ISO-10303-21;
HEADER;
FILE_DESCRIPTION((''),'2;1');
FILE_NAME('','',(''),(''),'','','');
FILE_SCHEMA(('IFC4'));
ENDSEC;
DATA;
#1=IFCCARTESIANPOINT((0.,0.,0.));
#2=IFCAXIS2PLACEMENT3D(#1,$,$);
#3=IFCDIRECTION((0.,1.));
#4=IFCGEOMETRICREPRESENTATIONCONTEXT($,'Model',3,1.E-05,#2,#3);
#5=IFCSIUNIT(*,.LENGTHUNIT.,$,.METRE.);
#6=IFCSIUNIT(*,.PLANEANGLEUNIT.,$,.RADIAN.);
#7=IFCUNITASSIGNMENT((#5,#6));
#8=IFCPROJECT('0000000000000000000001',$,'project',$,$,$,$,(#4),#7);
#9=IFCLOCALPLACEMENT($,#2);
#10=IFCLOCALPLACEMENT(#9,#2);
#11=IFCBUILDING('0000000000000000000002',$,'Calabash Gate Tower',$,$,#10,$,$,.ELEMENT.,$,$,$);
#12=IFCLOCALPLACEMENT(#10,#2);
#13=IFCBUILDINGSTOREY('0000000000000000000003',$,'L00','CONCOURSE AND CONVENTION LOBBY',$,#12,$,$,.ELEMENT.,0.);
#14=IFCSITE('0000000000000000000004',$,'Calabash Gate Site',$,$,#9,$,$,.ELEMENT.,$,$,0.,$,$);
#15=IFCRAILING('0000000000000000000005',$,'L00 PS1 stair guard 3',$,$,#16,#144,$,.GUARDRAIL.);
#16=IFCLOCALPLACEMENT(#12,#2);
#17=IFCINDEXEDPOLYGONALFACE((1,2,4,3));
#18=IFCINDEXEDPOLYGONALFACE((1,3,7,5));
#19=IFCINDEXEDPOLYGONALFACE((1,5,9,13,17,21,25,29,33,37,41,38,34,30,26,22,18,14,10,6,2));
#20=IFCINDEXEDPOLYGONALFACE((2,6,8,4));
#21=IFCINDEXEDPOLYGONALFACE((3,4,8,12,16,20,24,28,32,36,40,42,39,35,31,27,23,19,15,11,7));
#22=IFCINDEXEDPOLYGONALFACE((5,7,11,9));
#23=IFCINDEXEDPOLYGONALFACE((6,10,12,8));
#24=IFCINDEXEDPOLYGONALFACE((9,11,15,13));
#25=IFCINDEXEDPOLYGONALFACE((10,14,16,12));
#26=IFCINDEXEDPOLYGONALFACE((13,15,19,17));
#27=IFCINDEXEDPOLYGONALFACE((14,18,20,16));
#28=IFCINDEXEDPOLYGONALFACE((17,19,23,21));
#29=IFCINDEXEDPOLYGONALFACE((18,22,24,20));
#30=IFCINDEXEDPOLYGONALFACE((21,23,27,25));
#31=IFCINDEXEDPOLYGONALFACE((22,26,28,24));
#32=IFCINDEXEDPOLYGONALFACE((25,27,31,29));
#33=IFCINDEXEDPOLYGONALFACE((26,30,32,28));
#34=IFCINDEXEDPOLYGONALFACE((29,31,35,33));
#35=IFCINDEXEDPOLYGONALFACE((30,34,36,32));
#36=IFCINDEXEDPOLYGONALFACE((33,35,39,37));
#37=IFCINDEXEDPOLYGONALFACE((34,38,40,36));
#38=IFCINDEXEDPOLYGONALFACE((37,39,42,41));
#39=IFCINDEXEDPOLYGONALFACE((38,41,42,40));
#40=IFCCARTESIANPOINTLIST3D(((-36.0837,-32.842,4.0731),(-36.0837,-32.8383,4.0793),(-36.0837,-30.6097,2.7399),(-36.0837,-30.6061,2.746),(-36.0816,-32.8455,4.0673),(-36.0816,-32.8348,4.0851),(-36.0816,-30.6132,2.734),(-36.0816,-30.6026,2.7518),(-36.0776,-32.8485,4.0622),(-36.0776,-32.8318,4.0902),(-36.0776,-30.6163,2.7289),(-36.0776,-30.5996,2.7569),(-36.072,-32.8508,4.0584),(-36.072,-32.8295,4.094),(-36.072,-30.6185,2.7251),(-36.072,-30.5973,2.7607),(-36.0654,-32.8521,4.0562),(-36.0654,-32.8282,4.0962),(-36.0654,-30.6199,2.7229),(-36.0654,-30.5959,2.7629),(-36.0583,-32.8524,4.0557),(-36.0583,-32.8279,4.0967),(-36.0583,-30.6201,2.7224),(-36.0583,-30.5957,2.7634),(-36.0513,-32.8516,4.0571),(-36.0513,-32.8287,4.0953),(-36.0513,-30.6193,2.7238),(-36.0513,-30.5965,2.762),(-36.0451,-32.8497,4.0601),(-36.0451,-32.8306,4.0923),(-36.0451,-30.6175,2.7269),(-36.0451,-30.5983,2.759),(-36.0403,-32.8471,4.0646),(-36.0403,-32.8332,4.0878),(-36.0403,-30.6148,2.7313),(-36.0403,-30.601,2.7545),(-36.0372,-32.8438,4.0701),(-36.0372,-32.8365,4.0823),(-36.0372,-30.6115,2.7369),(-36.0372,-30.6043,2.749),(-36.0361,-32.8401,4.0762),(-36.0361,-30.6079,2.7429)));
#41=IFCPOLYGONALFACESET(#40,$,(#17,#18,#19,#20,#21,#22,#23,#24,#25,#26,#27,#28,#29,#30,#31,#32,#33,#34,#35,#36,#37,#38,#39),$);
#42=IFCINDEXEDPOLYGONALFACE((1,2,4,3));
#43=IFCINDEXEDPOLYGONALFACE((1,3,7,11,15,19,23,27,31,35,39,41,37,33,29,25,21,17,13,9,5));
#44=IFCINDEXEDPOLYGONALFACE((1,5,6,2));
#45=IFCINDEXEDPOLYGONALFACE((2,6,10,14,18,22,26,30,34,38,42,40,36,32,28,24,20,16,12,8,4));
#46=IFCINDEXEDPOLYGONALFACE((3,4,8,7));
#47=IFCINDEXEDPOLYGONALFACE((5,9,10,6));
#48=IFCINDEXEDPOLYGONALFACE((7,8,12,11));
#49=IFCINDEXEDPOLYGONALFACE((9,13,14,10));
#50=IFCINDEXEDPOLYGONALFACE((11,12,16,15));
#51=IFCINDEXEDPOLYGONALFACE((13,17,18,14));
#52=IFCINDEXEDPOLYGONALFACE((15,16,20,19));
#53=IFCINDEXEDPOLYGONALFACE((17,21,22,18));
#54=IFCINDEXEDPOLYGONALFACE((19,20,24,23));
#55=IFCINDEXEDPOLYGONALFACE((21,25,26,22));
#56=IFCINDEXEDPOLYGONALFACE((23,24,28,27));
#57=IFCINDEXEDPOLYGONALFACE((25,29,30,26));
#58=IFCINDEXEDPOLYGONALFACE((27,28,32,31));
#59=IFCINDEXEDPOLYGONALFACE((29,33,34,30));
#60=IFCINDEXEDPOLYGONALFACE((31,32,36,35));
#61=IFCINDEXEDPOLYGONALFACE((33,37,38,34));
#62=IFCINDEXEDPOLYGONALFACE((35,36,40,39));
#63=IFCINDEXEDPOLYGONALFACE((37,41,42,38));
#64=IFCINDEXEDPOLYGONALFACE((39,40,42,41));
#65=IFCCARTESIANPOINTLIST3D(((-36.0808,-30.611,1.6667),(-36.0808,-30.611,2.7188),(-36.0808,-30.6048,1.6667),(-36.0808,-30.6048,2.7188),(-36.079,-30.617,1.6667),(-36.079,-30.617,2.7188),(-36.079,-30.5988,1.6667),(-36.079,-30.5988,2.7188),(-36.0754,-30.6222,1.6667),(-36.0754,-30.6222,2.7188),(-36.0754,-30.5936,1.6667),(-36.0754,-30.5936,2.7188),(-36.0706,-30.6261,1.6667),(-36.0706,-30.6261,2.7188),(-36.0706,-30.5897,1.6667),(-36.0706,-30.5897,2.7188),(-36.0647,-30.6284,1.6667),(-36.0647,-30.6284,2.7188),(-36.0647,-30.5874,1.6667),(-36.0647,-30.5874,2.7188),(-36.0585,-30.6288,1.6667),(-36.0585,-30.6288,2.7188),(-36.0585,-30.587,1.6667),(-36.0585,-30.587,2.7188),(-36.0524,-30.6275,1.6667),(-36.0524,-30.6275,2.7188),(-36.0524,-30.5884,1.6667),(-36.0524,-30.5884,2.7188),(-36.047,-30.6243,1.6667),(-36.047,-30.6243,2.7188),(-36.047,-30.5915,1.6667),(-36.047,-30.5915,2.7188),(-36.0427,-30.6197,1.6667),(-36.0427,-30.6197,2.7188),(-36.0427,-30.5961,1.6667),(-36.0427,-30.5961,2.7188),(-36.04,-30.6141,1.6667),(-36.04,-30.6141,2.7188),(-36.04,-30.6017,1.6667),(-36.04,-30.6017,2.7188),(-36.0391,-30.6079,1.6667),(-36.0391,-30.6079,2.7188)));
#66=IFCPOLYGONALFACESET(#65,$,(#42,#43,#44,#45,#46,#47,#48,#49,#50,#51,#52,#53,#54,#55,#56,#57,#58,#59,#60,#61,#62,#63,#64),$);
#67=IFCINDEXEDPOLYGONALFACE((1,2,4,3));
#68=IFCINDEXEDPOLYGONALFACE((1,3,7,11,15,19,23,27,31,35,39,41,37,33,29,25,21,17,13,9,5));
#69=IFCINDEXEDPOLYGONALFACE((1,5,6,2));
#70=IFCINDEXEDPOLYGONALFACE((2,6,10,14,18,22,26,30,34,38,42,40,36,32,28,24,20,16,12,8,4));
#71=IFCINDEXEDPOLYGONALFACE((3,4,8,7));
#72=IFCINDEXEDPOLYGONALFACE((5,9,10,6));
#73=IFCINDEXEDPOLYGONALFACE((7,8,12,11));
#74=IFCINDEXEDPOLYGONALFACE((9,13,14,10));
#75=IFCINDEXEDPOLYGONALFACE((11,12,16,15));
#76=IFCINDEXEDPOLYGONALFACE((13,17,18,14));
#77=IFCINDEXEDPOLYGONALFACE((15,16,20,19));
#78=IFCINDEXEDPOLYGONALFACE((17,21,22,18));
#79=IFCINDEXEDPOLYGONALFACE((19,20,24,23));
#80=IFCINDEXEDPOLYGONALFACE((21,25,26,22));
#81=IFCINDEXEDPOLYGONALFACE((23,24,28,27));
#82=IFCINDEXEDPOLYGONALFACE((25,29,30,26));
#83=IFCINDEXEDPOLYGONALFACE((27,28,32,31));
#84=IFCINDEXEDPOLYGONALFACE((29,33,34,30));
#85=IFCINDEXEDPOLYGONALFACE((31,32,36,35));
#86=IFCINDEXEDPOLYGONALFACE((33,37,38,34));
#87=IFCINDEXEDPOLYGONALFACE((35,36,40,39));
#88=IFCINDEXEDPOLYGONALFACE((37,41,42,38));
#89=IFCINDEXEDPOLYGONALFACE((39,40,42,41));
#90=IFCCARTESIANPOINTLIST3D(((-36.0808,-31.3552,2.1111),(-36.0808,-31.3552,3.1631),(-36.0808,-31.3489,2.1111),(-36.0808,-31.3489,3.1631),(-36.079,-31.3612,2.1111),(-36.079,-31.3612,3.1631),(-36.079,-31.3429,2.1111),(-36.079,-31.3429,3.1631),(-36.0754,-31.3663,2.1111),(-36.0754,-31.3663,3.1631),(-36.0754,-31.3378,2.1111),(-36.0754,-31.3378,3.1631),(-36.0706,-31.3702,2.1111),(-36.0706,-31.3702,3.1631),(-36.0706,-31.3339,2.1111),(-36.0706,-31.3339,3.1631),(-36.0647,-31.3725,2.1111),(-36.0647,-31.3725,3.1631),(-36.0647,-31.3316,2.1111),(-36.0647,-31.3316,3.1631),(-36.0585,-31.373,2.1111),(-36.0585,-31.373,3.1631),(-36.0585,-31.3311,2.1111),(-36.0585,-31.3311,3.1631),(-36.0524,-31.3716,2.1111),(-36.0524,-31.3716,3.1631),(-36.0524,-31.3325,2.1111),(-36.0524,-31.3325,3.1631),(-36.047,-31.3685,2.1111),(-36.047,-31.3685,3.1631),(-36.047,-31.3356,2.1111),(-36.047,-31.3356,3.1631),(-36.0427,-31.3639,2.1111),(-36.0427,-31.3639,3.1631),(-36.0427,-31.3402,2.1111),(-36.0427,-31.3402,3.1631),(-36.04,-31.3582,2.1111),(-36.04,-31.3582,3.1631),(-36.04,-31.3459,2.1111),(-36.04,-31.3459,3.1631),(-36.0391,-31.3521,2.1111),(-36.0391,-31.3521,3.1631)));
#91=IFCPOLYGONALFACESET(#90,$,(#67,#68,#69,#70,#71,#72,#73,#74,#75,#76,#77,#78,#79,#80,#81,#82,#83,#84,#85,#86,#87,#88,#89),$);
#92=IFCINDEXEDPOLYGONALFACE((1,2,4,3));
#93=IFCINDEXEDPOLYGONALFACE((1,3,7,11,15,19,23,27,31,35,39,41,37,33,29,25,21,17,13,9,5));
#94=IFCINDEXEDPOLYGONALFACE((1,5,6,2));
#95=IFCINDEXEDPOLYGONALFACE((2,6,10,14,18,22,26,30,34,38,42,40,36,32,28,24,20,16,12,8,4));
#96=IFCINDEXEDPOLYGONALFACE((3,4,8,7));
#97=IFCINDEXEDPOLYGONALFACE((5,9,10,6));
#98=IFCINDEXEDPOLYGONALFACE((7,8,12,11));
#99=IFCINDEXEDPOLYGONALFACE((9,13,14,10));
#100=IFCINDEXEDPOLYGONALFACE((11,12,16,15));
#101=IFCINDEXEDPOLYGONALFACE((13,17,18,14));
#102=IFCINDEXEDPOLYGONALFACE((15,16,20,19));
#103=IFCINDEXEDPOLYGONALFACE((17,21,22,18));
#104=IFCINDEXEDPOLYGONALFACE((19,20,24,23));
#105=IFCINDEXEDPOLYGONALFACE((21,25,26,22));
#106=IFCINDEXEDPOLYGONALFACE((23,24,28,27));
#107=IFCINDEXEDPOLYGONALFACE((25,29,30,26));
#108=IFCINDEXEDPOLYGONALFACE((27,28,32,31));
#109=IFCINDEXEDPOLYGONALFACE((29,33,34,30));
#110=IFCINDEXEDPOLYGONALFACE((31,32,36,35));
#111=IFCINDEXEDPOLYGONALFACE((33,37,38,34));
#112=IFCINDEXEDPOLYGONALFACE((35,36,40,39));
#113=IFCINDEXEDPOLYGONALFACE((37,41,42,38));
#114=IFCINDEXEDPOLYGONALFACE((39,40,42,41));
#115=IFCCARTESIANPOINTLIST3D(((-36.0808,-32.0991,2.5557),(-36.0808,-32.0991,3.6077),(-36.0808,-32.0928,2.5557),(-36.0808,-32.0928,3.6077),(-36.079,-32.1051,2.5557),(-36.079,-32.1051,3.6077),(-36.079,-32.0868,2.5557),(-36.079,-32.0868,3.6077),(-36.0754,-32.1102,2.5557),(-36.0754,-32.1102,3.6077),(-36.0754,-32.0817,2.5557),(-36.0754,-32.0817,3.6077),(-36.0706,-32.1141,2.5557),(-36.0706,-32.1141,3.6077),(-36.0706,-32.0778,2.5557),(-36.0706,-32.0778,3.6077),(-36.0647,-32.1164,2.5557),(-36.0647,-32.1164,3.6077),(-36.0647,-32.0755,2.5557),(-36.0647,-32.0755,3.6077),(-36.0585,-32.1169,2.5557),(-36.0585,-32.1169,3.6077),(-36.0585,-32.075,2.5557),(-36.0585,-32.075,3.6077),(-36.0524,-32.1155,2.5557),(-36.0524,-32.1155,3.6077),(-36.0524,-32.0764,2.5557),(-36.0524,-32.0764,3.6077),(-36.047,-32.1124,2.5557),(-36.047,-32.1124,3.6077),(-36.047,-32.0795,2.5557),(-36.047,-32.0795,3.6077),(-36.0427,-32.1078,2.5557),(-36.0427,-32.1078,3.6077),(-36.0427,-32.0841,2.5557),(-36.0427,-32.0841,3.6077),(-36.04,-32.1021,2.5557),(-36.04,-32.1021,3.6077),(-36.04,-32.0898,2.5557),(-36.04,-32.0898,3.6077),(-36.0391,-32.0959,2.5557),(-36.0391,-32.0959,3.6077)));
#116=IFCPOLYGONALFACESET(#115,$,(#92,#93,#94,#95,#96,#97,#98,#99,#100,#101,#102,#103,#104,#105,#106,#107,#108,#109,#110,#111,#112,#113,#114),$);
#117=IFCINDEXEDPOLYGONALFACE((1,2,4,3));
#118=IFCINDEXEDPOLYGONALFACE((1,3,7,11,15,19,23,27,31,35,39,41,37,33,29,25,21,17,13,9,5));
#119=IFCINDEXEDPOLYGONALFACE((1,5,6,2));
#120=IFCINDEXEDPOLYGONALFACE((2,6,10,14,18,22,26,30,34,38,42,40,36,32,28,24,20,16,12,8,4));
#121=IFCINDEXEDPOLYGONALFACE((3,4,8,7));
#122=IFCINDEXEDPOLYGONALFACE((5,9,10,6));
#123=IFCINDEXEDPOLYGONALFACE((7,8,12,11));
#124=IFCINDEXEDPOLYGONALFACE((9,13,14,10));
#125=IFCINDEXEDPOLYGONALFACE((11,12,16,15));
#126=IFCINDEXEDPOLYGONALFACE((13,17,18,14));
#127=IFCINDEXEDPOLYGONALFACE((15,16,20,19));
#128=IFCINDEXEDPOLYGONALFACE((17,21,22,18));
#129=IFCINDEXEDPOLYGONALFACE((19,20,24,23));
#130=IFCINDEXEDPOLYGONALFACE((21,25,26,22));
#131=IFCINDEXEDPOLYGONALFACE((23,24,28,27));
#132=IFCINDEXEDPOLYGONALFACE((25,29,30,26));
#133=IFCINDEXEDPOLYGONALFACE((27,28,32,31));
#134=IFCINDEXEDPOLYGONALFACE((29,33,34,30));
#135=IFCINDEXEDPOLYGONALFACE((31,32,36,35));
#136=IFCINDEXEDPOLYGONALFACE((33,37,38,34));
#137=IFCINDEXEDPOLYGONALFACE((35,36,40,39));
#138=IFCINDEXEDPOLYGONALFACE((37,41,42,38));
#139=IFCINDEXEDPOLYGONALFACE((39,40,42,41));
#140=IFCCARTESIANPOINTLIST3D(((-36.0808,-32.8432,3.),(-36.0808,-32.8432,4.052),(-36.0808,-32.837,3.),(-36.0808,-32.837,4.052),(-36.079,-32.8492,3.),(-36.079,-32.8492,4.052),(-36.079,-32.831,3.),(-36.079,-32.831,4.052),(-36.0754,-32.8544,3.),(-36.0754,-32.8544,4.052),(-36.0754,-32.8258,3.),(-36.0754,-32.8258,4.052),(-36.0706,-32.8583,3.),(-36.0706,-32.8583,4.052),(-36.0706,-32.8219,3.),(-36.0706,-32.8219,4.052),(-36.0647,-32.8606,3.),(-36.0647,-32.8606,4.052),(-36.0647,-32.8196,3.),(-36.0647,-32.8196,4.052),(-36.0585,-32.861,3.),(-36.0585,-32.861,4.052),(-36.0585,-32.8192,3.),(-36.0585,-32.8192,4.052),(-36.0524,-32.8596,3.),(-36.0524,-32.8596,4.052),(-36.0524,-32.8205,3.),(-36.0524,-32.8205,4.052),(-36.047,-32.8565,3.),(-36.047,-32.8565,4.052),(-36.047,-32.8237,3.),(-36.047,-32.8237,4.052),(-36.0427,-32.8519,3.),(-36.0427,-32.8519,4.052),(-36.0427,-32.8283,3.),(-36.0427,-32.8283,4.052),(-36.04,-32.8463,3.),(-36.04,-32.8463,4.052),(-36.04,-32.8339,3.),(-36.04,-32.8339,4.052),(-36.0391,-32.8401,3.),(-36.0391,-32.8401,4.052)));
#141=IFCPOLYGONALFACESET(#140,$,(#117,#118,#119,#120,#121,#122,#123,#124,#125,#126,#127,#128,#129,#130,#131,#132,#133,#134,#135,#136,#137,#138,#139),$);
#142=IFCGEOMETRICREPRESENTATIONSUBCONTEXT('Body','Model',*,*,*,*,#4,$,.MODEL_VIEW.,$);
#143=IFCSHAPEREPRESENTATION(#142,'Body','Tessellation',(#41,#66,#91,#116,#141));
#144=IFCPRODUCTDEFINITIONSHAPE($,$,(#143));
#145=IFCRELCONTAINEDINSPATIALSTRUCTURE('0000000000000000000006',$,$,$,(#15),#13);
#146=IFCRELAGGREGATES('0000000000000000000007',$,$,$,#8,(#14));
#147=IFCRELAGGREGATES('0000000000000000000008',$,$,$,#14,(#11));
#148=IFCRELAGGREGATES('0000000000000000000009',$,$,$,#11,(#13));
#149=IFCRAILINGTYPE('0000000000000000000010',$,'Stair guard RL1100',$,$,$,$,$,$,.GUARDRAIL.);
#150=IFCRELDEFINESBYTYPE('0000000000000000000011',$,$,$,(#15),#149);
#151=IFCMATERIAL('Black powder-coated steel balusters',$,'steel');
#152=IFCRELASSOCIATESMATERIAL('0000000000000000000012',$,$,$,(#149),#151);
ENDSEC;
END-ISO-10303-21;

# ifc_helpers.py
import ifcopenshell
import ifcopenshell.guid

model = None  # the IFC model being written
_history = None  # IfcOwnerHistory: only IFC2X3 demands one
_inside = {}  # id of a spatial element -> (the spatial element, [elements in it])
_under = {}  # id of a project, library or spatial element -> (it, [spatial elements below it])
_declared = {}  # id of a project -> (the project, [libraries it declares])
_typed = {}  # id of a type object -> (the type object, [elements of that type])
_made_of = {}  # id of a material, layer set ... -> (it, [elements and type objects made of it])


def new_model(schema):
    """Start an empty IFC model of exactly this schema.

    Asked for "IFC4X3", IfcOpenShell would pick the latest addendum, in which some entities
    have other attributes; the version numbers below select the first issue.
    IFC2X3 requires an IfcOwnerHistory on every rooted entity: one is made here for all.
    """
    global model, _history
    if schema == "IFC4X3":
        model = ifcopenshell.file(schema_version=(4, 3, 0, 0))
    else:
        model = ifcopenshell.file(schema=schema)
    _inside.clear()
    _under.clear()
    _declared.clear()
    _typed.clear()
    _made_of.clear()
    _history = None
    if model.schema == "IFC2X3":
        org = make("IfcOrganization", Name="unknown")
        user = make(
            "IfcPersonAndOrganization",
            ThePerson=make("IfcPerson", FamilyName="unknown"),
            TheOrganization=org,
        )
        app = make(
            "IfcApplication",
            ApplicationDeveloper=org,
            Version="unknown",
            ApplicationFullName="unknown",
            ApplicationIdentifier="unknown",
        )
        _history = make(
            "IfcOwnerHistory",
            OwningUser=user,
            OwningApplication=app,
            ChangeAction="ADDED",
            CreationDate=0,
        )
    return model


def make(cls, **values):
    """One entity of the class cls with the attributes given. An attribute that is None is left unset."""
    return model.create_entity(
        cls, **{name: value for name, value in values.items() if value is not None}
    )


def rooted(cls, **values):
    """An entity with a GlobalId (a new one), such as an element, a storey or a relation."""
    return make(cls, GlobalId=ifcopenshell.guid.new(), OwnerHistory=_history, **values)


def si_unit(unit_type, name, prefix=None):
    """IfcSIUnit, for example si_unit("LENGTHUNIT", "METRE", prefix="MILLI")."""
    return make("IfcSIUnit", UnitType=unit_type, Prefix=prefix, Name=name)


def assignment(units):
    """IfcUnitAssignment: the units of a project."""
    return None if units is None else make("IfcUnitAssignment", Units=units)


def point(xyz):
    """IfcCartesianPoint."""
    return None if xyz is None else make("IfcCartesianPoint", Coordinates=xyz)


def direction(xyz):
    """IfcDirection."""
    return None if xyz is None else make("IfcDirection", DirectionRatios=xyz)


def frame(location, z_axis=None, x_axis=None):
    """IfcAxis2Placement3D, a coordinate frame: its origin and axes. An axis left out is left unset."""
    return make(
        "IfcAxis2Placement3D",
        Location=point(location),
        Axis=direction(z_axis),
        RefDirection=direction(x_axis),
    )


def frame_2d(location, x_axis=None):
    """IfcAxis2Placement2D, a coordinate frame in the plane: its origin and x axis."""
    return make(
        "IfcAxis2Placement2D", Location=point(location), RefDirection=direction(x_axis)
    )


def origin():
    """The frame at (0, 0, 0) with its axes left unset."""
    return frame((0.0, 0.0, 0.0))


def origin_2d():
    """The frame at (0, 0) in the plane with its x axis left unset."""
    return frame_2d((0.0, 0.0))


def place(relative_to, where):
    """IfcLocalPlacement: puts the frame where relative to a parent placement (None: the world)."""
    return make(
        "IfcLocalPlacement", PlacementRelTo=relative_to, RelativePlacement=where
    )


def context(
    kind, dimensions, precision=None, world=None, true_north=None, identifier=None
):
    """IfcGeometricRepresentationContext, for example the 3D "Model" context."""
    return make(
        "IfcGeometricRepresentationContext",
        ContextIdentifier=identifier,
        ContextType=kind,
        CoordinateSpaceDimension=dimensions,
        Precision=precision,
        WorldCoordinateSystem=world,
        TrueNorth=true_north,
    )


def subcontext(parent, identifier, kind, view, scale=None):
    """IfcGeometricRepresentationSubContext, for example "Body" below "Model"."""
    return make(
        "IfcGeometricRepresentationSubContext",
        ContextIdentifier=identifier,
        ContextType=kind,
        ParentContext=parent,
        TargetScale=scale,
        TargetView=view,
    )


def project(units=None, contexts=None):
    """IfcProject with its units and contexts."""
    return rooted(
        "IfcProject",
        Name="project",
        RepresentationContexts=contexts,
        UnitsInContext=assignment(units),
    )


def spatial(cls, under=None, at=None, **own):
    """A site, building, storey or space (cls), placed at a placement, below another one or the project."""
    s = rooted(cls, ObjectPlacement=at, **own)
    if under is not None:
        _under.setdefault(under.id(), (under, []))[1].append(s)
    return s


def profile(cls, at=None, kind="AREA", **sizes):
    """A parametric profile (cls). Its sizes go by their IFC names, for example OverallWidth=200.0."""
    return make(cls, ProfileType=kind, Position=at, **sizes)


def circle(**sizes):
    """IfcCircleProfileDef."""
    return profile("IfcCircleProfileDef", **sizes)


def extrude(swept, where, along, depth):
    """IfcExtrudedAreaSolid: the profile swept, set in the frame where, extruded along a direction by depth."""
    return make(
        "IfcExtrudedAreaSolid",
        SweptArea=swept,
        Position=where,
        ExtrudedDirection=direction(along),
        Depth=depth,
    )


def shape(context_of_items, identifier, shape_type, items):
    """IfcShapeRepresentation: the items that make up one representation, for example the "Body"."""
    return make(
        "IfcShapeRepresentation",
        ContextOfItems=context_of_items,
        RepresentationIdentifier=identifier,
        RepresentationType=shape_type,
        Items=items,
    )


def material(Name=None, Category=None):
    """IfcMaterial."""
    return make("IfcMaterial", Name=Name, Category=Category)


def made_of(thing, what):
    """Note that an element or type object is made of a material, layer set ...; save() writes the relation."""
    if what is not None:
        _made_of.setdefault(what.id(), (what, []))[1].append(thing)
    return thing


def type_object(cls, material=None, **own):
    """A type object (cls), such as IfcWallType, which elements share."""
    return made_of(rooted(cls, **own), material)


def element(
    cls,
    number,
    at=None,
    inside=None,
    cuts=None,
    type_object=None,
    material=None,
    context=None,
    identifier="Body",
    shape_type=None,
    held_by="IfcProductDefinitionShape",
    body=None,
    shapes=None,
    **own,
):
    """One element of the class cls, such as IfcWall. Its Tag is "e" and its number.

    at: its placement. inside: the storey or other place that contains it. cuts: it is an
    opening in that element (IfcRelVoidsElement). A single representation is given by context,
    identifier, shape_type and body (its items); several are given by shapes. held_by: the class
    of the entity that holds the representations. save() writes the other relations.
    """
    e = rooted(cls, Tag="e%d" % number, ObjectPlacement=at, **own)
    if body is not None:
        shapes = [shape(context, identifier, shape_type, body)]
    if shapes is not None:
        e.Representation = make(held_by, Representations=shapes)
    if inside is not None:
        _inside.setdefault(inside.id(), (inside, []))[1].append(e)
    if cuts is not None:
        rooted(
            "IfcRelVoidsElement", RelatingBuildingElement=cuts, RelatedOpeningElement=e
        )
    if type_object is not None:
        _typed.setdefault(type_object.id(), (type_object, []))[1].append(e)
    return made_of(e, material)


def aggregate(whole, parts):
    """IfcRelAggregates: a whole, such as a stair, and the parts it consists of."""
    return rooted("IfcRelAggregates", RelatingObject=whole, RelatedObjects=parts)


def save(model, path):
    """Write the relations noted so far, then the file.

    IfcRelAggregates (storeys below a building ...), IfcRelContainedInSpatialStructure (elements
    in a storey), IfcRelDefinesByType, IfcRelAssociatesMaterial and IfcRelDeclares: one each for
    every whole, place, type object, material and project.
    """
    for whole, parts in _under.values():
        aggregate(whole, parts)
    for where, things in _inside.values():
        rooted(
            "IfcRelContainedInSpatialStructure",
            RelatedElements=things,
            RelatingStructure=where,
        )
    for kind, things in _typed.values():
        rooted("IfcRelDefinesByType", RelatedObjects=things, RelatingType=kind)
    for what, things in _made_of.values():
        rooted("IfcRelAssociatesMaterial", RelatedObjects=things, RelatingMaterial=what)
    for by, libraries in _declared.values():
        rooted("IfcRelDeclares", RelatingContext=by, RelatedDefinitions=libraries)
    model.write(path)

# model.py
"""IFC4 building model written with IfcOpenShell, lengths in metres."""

from ifc_helpers import new_model, si_unit, direction, frame, origin, origin_2d, place, context, subcontext, project, spatial, circle, extrude, material, type_object, element, save


model = new_model("IFC4")

# Units and contexts
model_context = context("Model", 3, precision=1e-05, world=origin(), true_north=direction((0.0, 1.0)))
body_context = subcontext(model_context, "Body", "Model", "MODEL_VIEW")
ifc_project = project(units=[si_unit("LENGTHUNIT", "METRE"), si_unit("PLANEANGLEUNIT", "RADIAN")], contexts=[model_context])

# Site, building, storey
site_placement = place(None, origin())
site = spatial("IfcSite", under=ifc_project, at=site_placement, Name="Calabash Gate Site", CompositionType="ELEMENT", RefElevation=0.0)
building_placement = place(site_placement, origin())
building = spatial("IfcBuilding", under=site, at=building_placement, Name="Calabash Gate Tower", CompositionType="ELEMENT")
storey_placement = place(building_placement, origin())
storey = spatial("IfcBuildingStorey", under=building, at=storey_placement, Name="L00", Description="CONCOURSE AND CONVENTION LOBBY", CompositionType="ELEMENT", Elevation=0.0)

# Railing
ifc_material_1 = material(Name="Black powder-coated steel balusters", Category="steel")
railing_type_1 = type_object("IfcRailingType", Name="Stair guard RL1100", PredefinedType="GUARDRAIL", material=ifc_material_1)
railing_1_placement = place(storey_placement, frame((-36.0601, -30.6079, 1.6667)))
element("IfcRailing", 1, at=railing_1_placement, inside=storey, type_object=railing_type_1, Name="L00 PS1 stair guard 3", PredefinedType="GUARDRAIL", context=body_context, shape_type="SweptSolid", body=[
    extrude(circle(Radius=0.0239, at=origin_2d()), frame((0.0, 0.0, 1.0762), z_axis=(0.0, -0.858519, 0.512782), x_axis=(1.0, 0.0, 0.0)), (0.0, 0.0, 1.0), 2.6001),
    extrude(circle(Radius=0.021, at=origin_2d()), origin(), (0.0, 0.0, 1.0), 1.052),
    extrude(circle(Radius=0.021, at=origin_2d()), frame((0.0, -0.7441, 0.4443)), (0.0, 0.0, 1.0), 1.052),
    extrude(circle(Radius=0.021, at=origin_2d()), frame((0.0, -1.488, 0.8889)), (0.0, 0.0, 1.0), 1.052),
    extrude(circle(Radius=0.021, at=origin_2d()), frame((0.0, -2.2322, 1.3333)), (0.0, 0.0, 1.0), 1.052),
])

save(model, "model.ifc")
